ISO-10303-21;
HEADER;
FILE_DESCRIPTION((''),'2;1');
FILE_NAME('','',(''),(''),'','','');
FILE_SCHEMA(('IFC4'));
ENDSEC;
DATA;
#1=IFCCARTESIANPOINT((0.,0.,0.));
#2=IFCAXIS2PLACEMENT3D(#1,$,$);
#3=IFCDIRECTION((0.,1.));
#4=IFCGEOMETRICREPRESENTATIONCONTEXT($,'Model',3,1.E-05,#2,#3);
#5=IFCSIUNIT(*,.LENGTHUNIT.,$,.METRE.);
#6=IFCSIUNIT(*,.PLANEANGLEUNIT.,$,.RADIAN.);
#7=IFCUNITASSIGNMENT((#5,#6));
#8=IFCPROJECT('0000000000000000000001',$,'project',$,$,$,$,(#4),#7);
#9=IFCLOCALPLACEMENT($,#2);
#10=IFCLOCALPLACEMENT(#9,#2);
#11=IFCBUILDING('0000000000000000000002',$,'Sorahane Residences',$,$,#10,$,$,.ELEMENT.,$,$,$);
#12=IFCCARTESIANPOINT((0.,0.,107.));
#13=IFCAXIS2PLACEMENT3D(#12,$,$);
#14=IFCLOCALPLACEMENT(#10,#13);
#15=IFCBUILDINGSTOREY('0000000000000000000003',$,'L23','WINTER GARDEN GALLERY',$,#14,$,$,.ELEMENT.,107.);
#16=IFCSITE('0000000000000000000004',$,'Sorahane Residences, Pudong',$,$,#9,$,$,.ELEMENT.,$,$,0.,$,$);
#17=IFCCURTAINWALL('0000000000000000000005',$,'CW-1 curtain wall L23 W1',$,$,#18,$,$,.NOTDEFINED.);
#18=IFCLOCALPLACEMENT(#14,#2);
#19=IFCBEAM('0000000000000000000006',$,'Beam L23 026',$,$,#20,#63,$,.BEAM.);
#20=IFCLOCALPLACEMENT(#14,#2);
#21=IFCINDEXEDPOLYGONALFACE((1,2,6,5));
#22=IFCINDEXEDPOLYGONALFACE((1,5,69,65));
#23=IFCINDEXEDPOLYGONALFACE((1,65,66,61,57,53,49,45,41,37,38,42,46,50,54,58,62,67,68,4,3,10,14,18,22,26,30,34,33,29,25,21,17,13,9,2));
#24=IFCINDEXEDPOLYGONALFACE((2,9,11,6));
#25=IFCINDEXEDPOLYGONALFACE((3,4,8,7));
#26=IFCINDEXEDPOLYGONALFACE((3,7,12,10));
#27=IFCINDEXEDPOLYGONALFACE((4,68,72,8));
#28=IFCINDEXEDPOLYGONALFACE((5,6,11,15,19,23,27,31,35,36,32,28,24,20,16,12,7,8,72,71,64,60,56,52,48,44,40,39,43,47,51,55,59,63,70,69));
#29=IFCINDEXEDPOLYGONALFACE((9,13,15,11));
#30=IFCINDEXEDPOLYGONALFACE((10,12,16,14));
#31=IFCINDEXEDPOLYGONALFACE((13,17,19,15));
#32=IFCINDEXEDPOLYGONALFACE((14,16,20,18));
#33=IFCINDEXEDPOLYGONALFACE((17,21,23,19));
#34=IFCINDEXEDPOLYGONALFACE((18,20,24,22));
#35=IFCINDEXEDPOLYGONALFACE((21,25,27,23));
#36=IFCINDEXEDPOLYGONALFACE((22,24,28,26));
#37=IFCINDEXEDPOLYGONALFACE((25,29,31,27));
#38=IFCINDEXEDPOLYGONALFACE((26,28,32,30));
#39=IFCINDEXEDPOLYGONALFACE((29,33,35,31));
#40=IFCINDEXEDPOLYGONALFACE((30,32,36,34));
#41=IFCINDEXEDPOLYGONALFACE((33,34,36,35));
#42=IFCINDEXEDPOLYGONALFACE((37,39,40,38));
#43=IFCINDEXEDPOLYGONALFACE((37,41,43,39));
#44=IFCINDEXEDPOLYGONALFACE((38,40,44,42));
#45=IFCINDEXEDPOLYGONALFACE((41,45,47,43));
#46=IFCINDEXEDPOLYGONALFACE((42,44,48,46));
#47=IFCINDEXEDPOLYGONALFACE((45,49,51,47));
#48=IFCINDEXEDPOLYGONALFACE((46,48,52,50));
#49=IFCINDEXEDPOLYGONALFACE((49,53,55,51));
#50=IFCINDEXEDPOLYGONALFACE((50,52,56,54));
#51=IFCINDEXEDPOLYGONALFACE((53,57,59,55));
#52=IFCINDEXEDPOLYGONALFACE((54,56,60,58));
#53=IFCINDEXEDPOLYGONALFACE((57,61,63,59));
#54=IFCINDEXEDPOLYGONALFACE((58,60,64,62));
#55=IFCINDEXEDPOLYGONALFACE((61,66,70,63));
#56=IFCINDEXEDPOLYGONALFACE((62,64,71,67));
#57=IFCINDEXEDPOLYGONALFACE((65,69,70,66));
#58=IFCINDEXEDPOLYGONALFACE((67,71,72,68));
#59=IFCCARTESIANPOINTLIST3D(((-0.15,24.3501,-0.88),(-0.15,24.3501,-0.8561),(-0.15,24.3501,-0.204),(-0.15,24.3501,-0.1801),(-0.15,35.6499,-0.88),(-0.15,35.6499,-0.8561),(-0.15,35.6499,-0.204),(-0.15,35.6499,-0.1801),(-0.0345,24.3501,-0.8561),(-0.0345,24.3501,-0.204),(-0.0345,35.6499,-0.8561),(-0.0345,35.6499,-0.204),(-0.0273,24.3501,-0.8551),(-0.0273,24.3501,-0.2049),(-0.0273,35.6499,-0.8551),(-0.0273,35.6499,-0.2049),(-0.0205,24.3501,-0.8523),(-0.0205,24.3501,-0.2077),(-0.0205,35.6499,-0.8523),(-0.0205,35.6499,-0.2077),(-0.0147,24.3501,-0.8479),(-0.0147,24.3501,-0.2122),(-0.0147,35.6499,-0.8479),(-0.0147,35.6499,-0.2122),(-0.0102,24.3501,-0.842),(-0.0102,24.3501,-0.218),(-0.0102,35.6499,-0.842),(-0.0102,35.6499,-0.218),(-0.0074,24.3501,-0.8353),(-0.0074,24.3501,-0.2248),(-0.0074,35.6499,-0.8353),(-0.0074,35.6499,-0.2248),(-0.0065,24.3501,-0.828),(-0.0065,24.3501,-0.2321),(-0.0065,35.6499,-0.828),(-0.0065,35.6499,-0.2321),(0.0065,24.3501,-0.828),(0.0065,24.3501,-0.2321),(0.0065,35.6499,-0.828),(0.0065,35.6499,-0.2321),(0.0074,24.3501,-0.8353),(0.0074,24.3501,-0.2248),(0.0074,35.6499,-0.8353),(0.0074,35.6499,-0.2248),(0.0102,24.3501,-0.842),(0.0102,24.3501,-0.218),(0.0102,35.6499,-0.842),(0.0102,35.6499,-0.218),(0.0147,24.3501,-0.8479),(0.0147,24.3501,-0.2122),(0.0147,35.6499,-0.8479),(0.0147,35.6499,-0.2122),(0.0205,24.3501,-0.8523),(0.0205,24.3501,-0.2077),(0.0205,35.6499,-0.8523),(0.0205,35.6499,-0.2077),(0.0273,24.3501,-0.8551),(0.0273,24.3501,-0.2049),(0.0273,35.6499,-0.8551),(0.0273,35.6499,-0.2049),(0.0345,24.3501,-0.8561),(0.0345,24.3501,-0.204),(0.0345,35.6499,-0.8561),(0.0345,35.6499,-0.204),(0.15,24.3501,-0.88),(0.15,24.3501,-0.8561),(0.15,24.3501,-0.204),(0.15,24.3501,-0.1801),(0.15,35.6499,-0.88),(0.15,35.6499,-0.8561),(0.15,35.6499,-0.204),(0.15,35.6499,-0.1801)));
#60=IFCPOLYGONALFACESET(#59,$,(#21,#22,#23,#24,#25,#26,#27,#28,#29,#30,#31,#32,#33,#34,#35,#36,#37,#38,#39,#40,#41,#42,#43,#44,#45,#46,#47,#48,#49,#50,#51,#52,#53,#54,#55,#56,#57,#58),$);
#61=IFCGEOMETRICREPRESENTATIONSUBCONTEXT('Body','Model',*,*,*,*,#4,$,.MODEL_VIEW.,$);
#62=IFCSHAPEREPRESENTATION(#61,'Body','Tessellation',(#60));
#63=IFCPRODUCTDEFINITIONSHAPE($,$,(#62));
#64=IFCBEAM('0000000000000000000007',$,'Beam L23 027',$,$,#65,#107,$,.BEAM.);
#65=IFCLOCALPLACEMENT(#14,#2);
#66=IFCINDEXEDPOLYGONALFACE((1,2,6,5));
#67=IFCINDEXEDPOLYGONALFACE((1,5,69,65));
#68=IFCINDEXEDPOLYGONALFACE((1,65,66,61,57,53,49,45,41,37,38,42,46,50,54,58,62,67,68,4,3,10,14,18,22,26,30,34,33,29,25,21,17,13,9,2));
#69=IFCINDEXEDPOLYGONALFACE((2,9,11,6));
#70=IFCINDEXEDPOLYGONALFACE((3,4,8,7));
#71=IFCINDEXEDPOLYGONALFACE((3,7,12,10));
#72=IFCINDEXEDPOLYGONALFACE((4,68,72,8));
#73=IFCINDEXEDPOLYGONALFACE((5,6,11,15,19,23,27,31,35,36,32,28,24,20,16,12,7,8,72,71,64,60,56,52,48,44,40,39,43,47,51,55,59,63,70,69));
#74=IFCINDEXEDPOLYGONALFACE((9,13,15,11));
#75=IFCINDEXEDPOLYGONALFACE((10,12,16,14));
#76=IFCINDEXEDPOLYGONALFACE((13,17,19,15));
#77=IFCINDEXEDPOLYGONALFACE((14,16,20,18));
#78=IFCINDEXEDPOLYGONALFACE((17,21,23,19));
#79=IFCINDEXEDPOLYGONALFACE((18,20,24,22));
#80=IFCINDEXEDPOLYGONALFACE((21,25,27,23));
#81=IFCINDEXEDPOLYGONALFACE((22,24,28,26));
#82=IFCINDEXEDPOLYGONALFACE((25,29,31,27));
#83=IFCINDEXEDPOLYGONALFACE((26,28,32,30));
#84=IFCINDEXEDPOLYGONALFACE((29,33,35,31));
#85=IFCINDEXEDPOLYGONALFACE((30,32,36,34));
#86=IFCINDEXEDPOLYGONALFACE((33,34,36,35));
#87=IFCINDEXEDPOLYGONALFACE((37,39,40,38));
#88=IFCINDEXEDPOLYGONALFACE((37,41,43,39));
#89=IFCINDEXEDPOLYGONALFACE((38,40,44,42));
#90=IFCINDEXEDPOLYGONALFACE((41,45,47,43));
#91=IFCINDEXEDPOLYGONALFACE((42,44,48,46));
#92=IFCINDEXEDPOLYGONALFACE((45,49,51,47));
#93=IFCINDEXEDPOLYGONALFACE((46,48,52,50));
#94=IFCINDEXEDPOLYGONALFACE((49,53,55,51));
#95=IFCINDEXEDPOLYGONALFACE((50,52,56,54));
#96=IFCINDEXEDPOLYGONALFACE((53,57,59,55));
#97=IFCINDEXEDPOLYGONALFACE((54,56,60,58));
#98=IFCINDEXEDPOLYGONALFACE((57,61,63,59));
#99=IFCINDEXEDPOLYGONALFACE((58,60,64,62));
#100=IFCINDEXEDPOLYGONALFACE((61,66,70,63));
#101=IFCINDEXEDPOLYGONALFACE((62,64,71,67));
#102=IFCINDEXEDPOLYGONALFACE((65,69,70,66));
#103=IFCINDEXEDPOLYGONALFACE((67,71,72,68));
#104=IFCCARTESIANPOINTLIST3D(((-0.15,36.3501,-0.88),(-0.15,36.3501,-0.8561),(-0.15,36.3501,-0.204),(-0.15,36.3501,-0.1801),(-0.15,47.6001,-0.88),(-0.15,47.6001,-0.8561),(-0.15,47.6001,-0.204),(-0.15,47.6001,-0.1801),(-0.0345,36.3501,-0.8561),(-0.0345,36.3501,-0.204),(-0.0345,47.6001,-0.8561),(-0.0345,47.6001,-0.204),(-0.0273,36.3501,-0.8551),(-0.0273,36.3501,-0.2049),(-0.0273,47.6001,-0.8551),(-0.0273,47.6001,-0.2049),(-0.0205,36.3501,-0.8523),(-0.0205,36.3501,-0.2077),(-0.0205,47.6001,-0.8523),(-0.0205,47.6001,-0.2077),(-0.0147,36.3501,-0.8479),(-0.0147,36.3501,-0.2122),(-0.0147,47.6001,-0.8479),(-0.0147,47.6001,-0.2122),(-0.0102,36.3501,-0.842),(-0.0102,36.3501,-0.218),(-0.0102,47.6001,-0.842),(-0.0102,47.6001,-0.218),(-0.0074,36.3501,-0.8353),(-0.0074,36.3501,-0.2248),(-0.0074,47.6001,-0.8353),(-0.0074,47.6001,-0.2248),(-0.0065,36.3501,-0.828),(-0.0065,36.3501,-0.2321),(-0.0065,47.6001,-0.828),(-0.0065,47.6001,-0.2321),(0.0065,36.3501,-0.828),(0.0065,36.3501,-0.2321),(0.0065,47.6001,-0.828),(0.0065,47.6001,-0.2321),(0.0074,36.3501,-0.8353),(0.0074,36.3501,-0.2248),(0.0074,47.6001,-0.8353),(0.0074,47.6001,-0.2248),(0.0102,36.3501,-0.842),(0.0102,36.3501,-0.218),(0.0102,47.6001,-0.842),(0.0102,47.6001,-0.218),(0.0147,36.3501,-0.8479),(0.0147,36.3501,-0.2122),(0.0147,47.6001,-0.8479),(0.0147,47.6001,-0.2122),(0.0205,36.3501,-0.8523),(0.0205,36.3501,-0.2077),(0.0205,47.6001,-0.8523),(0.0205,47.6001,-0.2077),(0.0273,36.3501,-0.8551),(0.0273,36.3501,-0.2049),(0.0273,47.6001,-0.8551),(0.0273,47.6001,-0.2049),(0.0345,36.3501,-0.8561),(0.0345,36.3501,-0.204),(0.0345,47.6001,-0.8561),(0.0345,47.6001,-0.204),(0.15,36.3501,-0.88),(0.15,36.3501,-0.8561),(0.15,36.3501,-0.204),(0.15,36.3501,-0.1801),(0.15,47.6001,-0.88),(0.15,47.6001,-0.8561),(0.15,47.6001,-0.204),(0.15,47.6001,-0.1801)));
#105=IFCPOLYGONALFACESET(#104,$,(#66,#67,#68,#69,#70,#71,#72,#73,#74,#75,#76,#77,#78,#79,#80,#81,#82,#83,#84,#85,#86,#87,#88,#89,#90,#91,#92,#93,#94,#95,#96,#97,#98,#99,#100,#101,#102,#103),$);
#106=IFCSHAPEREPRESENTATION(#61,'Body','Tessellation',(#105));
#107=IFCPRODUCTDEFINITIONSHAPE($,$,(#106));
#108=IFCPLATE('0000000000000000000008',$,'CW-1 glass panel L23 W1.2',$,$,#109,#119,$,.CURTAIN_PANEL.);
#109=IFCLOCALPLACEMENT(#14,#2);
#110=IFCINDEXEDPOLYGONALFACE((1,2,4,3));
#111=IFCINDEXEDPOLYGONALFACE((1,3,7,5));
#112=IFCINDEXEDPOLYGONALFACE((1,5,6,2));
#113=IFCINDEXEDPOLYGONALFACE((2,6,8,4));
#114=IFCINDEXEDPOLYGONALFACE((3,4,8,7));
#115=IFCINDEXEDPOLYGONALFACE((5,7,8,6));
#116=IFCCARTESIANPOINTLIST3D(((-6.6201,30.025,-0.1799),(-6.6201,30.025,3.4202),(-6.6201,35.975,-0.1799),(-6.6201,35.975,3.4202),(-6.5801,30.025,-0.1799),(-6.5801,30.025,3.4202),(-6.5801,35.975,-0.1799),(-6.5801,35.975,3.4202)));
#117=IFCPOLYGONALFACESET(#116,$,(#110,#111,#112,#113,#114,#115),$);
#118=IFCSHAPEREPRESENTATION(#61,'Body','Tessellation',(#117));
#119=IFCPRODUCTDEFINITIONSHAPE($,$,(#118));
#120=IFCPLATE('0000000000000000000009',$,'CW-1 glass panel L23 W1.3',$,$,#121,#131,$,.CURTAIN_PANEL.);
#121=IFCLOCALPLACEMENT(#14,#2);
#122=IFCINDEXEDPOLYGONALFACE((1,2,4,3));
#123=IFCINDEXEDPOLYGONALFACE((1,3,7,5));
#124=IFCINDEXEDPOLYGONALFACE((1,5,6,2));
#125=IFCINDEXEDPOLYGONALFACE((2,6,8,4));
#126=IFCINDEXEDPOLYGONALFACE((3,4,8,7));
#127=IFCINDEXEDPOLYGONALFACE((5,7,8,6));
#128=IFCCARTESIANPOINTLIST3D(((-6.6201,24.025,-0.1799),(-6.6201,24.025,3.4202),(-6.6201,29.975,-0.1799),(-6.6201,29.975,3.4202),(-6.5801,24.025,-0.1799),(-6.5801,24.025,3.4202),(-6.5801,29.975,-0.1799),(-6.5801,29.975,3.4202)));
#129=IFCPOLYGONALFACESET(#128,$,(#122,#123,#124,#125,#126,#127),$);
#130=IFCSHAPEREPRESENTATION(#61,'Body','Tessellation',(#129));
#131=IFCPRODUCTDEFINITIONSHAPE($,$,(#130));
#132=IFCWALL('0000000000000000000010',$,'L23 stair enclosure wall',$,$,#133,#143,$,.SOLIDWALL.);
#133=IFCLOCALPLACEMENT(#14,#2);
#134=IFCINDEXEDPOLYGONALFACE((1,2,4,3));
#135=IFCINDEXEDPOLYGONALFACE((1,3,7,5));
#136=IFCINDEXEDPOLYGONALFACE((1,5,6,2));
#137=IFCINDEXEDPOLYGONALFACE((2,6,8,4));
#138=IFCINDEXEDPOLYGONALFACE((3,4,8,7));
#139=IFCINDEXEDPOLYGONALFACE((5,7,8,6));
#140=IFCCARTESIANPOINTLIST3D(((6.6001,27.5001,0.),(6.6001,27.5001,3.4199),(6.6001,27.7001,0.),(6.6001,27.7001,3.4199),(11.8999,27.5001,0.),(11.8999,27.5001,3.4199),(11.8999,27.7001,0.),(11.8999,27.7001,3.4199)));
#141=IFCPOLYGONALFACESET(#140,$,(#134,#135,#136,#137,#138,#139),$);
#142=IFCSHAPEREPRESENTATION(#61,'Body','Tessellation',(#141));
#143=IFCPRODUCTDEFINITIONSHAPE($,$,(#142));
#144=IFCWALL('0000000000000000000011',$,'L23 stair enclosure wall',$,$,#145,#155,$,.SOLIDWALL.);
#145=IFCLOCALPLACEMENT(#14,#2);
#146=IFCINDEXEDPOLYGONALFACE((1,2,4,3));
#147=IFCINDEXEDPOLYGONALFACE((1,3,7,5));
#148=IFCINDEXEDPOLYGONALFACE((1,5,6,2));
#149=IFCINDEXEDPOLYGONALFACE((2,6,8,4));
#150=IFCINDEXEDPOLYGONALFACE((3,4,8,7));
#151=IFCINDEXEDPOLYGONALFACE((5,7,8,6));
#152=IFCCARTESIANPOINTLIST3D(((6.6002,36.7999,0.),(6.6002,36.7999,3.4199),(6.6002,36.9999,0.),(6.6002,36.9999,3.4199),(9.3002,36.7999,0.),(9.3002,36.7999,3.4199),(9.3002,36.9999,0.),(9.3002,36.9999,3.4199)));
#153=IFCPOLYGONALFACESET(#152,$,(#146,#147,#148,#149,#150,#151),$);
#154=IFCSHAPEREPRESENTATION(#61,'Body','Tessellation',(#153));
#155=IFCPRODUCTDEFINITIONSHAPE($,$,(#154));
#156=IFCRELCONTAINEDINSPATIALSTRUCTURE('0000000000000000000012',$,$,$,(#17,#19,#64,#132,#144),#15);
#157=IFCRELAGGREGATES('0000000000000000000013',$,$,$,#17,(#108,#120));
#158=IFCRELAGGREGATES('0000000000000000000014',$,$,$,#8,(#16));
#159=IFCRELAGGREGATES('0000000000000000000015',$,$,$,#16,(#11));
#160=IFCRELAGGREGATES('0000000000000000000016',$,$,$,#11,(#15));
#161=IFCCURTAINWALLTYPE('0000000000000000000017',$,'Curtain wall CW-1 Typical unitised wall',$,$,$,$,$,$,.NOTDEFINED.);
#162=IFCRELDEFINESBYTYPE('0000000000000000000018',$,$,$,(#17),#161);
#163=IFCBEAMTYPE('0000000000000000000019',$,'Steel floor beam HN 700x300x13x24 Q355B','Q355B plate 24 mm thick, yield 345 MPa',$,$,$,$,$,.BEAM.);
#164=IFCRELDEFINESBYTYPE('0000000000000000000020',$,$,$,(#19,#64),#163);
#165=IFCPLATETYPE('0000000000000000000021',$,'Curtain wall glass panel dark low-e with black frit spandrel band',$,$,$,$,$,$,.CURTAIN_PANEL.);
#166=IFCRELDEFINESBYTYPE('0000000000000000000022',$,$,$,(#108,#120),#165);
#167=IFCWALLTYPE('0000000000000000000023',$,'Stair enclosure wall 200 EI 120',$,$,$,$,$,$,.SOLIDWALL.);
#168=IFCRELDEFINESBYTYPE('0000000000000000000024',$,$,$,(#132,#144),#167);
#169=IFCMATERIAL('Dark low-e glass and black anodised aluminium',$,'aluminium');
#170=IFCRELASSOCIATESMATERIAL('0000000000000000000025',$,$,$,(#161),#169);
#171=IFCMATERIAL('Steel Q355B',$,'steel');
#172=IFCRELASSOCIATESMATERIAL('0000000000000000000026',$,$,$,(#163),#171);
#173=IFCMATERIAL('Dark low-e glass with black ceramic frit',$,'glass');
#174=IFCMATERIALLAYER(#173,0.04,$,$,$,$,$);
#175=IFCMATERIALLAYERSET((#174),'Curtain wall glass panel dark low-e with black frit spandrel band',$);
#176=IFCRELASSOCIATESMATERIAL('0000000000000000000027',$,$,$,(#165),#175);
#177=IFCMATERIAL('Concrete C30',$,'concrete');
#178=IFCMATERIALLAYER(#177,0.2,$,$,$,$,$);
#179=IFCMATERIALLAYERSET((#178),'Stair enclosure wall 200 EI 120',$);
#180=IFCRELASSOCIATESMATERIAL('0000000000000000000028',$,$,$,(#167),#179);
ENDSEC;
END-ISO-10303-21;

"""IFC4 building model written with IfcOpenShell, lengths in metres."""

from ifc_helpers import new_model, si_unit, direction, frame, frame_2d, origin, origin_2d, place, context, subcontext, project, spatial, rectangle, i_section, extrude, material, layer, layer_set, material_profile, profile_set, type_object, element, aggregate, save


model = new_model("IFC4")

# Units and contexts
model_context = context("Model", 3, precision=1e-05, world=origin(), true_north=direction((0.0, 1.0)))
body_context = subcontext(model_context, "Body", "Model", "MODEL_VIEW")
ifc_project = project(units=[si_unit("LENGTHUNIT", "METRE"), si_unit("PLANEANGLEUNIT", "RADIAN")], contexts=[model_context])

# Site, building, storey
site_placement = place(None, origin())
site = spatial("IfcSite", under=ifc_project, at=site_placement, Name="Sorahane Residences, Pudong", CompositionType="ELEMENT", RefElevation=0.0)
building_placement = place(site_placement, origin())
building = spatial("IfcBuilding", under=site, at=building_placement, Name="Sorahane Residences", CompositionType="ELEMENT")
storey_placement = place(building_placement, frame((0.0, 0.0, 107.0)))
storey = spatial("IfcBuildingStorey", under=building, at=storey_placement, Name="L23", Description="WINTER GARDEN GALLERY", CompositionType="ELEMENT", Elevation=107.0)

# Curtain wall
ifc_material_1 = material(Name="Dark low-e glass and black anodised aluminium", Category="aluminium")
curtain_wall_type = type_object("IfcCurtainWallType", Name="Curtain wall CW-1 Typical unitised wall", PredefinedType="NOTDEFINED", material=ifc_material_1)
curtain_wall_placement = place(storey_placement, origin())
curtain_wall = element("IfcCurtainWall", 1, at=curtain_wall_placement, inside=storey, type_object=curtain_wall_type, Name="CW-1 curtain wall L23 W1", PredefinedType="NOTDEFINED")

# Beams
ifc_material_2 = material(Name="Steel Q355B", Category="steel")
ifc_material_profile_1 = material_profile(ifc_material_2, i_section(OverallWidth=0.3, OverallDepth=0.7, WebThickness=0.0129, FlangeThickness=0.0239, FilletRadius=0.0281, at=origin_2d()), Name="HN 700x300x13x24")
ifc_profile_set_1 = profile_set([ifc_material_profile_1], Name="Steel Q355B")
beam_type_1 = type_object("IfcBeamType", Name="Steel floor beam HN 700x300x13x24 Q355B", Description="Q355B plate 24 mm thick, yield 345 MPa", PredefinedType="BEAM", material=ifc_profile_set_1)
beam_1_placement = place(storey_placement, frame((0.0, 24.3501, -0.53), z_axis=(0.0, 1.0, 0.0), x_axis=(-1.0, 0.0, 0.0)))
element("IfcBeam", 2, at=beam_1_placement, inside=storey, type_object=beam_type_1, Name="Beam L23 026", PredefinedType="BEAM", context=body_context, shape_type="SweptSolid", body=[
    extrude(i_section(OverallWidth=0.3, OverallDepth=0.7, WebThickness=0.0129, FlangeThickness=0.0239, FilletRadius=0.0281, at=origin_2d()), origin(), (0.0, 0.0, 1.0), 11.2998),
])
beam_2_placement = place(storey_placement, frame((0.0, 36.3501, -0.53), z_axis=(0.0, 1.0, 0.0), x_axis=(-1.0, 0.0, 0.0)))
element("IfcBeam", 3, at=beam_2_placement, inside=storey, type_object=beam_type_1, Name="Beam L23 027", PredefinedType="BEAM", context=body_context, shape_type="SweptSolid", body=[
    extrude(i_section(OverallWidth=0.3, OverallDepth=0.7, WebThickness=0.0129, FlangeThickness=0.0239, FilletRadius=0.0281, at=origin_2d()), origin(), (0.0, 0.0, 1.0), 11.25),
])

# Plates
ifc_material_3 = material(Name="Dark low-e glass with black ceramic frit", Category="glass")
ifc_layer_1 = layer(ifc_material_3, 0.04)
ifc_layer_set_1 = layer_set([ifc_layer_1], Name="Curtain wall glass panel dark low-e with black frit spandrel band")
plate_type = type_object("IfcPlateType", Name="Curtain wall glass panel dark low-e with black frit spandrel band", PredefinedType="CURTAIN_PANEL", material=ifc_layer_set_1)
plate_1_placement = place(storey_placement, frame((-6.6001, 33.0, -0.1799), z_axis=(0.0, 0.0, 1.0), x_axis=(0.0, -1.0, 0.0)))
plate_1 = element("IfcPlate", 4, at=plate_1_placement, type_object=plate_type, Name="CW-1 glass panel L23 W1.2", PredefinedType="CURTAIN_PANEL", context=body_context, shape_type="SweptSolid", body=[
    extrude(rectangle(XDim=5.95, YDim=0.04, at=origin_2d()), origin(), (0.0, 0.0, 1.0), 3.6001),
])
plate_2_placement = place(storey_placement, frame((-6.6001, 27.0, -0.1799), z_axis=(0.0, 0.0, 1.0), x_axis=(0.0, -1.0, 0.0)))
plate_2 = element("IfcPlate", 5, at=plate_2_placement, type_object=plate_type, Name="CW-1 glass panel L23 W1.3", PredefinedType="CURTAIN_PANEL", context=body_context, shape_type="SweptSolid", body=[
    extrude(rectangle(XDim=5.95, YDim=0.04, at=origin_2d()), origin(), (0.0, 0.0, 1.0), 3.6001),
])
aggregate(curtain_wall, [plate_1, plate_2])

# Walls
ifc_material_4 = material(Name="Concrete C30", Category="concrete")
ifc_layer_2 = layer(ifc_material_4, 0.2)
ifc_layer_set_2 = layer_set([ifc_layer_2], Name="Stair enclosure wall 200 EI 120")
wall_type = type_object("IfcWallType", Name="Stair enclosure wall 200 EI 120", PredefinedType="SOLIDWALL", material=ifc_layer_set_2)
wall_1_placement = place(storey_placement, frame((6.6001, 27.6001, 0.0), z_axis=(0.0, 0.0, 1.0), x_axis=(1.0, 0.0, 0.0)))
element("IfcWall", 6, at=wall_1_placement, inside=storey, type_object=wall_type, Name="L23 stair enclosure wall", PredefinedType="SOLIDWALL", context=body_context, shape_type="SweptSolid", body=[
    extrude(rectangle(XDim=5.2998, YDim=0.2, at=frame_2d((2.6499, 0.0))), origin(), (0.0, 0.0, 1.0), 3.4199),
])
wall_2_placement = place(storey_placement, frame((6.6001, 36.8999, 0.0), z_axis=(0.0, 0.0, 1.0), x_axis=(1.0, 0.0, 0.0)))
element("IfcWall", 7, at=wall_2_placement, inside=storey, type_object=wall_type, Name="L23 stair enclosure wall", PredefinedType="SOLIDWALL", context=body_context, shape_type="SweptSolid", body=[
    extrude(rectangle(XDim=2.7, YDim=0.2, at=frame_2d((1.3501, 0.0))), origin(), (0.0, 0.0, 1.0), 3.4199),
])

save(model, "model.ifc")
